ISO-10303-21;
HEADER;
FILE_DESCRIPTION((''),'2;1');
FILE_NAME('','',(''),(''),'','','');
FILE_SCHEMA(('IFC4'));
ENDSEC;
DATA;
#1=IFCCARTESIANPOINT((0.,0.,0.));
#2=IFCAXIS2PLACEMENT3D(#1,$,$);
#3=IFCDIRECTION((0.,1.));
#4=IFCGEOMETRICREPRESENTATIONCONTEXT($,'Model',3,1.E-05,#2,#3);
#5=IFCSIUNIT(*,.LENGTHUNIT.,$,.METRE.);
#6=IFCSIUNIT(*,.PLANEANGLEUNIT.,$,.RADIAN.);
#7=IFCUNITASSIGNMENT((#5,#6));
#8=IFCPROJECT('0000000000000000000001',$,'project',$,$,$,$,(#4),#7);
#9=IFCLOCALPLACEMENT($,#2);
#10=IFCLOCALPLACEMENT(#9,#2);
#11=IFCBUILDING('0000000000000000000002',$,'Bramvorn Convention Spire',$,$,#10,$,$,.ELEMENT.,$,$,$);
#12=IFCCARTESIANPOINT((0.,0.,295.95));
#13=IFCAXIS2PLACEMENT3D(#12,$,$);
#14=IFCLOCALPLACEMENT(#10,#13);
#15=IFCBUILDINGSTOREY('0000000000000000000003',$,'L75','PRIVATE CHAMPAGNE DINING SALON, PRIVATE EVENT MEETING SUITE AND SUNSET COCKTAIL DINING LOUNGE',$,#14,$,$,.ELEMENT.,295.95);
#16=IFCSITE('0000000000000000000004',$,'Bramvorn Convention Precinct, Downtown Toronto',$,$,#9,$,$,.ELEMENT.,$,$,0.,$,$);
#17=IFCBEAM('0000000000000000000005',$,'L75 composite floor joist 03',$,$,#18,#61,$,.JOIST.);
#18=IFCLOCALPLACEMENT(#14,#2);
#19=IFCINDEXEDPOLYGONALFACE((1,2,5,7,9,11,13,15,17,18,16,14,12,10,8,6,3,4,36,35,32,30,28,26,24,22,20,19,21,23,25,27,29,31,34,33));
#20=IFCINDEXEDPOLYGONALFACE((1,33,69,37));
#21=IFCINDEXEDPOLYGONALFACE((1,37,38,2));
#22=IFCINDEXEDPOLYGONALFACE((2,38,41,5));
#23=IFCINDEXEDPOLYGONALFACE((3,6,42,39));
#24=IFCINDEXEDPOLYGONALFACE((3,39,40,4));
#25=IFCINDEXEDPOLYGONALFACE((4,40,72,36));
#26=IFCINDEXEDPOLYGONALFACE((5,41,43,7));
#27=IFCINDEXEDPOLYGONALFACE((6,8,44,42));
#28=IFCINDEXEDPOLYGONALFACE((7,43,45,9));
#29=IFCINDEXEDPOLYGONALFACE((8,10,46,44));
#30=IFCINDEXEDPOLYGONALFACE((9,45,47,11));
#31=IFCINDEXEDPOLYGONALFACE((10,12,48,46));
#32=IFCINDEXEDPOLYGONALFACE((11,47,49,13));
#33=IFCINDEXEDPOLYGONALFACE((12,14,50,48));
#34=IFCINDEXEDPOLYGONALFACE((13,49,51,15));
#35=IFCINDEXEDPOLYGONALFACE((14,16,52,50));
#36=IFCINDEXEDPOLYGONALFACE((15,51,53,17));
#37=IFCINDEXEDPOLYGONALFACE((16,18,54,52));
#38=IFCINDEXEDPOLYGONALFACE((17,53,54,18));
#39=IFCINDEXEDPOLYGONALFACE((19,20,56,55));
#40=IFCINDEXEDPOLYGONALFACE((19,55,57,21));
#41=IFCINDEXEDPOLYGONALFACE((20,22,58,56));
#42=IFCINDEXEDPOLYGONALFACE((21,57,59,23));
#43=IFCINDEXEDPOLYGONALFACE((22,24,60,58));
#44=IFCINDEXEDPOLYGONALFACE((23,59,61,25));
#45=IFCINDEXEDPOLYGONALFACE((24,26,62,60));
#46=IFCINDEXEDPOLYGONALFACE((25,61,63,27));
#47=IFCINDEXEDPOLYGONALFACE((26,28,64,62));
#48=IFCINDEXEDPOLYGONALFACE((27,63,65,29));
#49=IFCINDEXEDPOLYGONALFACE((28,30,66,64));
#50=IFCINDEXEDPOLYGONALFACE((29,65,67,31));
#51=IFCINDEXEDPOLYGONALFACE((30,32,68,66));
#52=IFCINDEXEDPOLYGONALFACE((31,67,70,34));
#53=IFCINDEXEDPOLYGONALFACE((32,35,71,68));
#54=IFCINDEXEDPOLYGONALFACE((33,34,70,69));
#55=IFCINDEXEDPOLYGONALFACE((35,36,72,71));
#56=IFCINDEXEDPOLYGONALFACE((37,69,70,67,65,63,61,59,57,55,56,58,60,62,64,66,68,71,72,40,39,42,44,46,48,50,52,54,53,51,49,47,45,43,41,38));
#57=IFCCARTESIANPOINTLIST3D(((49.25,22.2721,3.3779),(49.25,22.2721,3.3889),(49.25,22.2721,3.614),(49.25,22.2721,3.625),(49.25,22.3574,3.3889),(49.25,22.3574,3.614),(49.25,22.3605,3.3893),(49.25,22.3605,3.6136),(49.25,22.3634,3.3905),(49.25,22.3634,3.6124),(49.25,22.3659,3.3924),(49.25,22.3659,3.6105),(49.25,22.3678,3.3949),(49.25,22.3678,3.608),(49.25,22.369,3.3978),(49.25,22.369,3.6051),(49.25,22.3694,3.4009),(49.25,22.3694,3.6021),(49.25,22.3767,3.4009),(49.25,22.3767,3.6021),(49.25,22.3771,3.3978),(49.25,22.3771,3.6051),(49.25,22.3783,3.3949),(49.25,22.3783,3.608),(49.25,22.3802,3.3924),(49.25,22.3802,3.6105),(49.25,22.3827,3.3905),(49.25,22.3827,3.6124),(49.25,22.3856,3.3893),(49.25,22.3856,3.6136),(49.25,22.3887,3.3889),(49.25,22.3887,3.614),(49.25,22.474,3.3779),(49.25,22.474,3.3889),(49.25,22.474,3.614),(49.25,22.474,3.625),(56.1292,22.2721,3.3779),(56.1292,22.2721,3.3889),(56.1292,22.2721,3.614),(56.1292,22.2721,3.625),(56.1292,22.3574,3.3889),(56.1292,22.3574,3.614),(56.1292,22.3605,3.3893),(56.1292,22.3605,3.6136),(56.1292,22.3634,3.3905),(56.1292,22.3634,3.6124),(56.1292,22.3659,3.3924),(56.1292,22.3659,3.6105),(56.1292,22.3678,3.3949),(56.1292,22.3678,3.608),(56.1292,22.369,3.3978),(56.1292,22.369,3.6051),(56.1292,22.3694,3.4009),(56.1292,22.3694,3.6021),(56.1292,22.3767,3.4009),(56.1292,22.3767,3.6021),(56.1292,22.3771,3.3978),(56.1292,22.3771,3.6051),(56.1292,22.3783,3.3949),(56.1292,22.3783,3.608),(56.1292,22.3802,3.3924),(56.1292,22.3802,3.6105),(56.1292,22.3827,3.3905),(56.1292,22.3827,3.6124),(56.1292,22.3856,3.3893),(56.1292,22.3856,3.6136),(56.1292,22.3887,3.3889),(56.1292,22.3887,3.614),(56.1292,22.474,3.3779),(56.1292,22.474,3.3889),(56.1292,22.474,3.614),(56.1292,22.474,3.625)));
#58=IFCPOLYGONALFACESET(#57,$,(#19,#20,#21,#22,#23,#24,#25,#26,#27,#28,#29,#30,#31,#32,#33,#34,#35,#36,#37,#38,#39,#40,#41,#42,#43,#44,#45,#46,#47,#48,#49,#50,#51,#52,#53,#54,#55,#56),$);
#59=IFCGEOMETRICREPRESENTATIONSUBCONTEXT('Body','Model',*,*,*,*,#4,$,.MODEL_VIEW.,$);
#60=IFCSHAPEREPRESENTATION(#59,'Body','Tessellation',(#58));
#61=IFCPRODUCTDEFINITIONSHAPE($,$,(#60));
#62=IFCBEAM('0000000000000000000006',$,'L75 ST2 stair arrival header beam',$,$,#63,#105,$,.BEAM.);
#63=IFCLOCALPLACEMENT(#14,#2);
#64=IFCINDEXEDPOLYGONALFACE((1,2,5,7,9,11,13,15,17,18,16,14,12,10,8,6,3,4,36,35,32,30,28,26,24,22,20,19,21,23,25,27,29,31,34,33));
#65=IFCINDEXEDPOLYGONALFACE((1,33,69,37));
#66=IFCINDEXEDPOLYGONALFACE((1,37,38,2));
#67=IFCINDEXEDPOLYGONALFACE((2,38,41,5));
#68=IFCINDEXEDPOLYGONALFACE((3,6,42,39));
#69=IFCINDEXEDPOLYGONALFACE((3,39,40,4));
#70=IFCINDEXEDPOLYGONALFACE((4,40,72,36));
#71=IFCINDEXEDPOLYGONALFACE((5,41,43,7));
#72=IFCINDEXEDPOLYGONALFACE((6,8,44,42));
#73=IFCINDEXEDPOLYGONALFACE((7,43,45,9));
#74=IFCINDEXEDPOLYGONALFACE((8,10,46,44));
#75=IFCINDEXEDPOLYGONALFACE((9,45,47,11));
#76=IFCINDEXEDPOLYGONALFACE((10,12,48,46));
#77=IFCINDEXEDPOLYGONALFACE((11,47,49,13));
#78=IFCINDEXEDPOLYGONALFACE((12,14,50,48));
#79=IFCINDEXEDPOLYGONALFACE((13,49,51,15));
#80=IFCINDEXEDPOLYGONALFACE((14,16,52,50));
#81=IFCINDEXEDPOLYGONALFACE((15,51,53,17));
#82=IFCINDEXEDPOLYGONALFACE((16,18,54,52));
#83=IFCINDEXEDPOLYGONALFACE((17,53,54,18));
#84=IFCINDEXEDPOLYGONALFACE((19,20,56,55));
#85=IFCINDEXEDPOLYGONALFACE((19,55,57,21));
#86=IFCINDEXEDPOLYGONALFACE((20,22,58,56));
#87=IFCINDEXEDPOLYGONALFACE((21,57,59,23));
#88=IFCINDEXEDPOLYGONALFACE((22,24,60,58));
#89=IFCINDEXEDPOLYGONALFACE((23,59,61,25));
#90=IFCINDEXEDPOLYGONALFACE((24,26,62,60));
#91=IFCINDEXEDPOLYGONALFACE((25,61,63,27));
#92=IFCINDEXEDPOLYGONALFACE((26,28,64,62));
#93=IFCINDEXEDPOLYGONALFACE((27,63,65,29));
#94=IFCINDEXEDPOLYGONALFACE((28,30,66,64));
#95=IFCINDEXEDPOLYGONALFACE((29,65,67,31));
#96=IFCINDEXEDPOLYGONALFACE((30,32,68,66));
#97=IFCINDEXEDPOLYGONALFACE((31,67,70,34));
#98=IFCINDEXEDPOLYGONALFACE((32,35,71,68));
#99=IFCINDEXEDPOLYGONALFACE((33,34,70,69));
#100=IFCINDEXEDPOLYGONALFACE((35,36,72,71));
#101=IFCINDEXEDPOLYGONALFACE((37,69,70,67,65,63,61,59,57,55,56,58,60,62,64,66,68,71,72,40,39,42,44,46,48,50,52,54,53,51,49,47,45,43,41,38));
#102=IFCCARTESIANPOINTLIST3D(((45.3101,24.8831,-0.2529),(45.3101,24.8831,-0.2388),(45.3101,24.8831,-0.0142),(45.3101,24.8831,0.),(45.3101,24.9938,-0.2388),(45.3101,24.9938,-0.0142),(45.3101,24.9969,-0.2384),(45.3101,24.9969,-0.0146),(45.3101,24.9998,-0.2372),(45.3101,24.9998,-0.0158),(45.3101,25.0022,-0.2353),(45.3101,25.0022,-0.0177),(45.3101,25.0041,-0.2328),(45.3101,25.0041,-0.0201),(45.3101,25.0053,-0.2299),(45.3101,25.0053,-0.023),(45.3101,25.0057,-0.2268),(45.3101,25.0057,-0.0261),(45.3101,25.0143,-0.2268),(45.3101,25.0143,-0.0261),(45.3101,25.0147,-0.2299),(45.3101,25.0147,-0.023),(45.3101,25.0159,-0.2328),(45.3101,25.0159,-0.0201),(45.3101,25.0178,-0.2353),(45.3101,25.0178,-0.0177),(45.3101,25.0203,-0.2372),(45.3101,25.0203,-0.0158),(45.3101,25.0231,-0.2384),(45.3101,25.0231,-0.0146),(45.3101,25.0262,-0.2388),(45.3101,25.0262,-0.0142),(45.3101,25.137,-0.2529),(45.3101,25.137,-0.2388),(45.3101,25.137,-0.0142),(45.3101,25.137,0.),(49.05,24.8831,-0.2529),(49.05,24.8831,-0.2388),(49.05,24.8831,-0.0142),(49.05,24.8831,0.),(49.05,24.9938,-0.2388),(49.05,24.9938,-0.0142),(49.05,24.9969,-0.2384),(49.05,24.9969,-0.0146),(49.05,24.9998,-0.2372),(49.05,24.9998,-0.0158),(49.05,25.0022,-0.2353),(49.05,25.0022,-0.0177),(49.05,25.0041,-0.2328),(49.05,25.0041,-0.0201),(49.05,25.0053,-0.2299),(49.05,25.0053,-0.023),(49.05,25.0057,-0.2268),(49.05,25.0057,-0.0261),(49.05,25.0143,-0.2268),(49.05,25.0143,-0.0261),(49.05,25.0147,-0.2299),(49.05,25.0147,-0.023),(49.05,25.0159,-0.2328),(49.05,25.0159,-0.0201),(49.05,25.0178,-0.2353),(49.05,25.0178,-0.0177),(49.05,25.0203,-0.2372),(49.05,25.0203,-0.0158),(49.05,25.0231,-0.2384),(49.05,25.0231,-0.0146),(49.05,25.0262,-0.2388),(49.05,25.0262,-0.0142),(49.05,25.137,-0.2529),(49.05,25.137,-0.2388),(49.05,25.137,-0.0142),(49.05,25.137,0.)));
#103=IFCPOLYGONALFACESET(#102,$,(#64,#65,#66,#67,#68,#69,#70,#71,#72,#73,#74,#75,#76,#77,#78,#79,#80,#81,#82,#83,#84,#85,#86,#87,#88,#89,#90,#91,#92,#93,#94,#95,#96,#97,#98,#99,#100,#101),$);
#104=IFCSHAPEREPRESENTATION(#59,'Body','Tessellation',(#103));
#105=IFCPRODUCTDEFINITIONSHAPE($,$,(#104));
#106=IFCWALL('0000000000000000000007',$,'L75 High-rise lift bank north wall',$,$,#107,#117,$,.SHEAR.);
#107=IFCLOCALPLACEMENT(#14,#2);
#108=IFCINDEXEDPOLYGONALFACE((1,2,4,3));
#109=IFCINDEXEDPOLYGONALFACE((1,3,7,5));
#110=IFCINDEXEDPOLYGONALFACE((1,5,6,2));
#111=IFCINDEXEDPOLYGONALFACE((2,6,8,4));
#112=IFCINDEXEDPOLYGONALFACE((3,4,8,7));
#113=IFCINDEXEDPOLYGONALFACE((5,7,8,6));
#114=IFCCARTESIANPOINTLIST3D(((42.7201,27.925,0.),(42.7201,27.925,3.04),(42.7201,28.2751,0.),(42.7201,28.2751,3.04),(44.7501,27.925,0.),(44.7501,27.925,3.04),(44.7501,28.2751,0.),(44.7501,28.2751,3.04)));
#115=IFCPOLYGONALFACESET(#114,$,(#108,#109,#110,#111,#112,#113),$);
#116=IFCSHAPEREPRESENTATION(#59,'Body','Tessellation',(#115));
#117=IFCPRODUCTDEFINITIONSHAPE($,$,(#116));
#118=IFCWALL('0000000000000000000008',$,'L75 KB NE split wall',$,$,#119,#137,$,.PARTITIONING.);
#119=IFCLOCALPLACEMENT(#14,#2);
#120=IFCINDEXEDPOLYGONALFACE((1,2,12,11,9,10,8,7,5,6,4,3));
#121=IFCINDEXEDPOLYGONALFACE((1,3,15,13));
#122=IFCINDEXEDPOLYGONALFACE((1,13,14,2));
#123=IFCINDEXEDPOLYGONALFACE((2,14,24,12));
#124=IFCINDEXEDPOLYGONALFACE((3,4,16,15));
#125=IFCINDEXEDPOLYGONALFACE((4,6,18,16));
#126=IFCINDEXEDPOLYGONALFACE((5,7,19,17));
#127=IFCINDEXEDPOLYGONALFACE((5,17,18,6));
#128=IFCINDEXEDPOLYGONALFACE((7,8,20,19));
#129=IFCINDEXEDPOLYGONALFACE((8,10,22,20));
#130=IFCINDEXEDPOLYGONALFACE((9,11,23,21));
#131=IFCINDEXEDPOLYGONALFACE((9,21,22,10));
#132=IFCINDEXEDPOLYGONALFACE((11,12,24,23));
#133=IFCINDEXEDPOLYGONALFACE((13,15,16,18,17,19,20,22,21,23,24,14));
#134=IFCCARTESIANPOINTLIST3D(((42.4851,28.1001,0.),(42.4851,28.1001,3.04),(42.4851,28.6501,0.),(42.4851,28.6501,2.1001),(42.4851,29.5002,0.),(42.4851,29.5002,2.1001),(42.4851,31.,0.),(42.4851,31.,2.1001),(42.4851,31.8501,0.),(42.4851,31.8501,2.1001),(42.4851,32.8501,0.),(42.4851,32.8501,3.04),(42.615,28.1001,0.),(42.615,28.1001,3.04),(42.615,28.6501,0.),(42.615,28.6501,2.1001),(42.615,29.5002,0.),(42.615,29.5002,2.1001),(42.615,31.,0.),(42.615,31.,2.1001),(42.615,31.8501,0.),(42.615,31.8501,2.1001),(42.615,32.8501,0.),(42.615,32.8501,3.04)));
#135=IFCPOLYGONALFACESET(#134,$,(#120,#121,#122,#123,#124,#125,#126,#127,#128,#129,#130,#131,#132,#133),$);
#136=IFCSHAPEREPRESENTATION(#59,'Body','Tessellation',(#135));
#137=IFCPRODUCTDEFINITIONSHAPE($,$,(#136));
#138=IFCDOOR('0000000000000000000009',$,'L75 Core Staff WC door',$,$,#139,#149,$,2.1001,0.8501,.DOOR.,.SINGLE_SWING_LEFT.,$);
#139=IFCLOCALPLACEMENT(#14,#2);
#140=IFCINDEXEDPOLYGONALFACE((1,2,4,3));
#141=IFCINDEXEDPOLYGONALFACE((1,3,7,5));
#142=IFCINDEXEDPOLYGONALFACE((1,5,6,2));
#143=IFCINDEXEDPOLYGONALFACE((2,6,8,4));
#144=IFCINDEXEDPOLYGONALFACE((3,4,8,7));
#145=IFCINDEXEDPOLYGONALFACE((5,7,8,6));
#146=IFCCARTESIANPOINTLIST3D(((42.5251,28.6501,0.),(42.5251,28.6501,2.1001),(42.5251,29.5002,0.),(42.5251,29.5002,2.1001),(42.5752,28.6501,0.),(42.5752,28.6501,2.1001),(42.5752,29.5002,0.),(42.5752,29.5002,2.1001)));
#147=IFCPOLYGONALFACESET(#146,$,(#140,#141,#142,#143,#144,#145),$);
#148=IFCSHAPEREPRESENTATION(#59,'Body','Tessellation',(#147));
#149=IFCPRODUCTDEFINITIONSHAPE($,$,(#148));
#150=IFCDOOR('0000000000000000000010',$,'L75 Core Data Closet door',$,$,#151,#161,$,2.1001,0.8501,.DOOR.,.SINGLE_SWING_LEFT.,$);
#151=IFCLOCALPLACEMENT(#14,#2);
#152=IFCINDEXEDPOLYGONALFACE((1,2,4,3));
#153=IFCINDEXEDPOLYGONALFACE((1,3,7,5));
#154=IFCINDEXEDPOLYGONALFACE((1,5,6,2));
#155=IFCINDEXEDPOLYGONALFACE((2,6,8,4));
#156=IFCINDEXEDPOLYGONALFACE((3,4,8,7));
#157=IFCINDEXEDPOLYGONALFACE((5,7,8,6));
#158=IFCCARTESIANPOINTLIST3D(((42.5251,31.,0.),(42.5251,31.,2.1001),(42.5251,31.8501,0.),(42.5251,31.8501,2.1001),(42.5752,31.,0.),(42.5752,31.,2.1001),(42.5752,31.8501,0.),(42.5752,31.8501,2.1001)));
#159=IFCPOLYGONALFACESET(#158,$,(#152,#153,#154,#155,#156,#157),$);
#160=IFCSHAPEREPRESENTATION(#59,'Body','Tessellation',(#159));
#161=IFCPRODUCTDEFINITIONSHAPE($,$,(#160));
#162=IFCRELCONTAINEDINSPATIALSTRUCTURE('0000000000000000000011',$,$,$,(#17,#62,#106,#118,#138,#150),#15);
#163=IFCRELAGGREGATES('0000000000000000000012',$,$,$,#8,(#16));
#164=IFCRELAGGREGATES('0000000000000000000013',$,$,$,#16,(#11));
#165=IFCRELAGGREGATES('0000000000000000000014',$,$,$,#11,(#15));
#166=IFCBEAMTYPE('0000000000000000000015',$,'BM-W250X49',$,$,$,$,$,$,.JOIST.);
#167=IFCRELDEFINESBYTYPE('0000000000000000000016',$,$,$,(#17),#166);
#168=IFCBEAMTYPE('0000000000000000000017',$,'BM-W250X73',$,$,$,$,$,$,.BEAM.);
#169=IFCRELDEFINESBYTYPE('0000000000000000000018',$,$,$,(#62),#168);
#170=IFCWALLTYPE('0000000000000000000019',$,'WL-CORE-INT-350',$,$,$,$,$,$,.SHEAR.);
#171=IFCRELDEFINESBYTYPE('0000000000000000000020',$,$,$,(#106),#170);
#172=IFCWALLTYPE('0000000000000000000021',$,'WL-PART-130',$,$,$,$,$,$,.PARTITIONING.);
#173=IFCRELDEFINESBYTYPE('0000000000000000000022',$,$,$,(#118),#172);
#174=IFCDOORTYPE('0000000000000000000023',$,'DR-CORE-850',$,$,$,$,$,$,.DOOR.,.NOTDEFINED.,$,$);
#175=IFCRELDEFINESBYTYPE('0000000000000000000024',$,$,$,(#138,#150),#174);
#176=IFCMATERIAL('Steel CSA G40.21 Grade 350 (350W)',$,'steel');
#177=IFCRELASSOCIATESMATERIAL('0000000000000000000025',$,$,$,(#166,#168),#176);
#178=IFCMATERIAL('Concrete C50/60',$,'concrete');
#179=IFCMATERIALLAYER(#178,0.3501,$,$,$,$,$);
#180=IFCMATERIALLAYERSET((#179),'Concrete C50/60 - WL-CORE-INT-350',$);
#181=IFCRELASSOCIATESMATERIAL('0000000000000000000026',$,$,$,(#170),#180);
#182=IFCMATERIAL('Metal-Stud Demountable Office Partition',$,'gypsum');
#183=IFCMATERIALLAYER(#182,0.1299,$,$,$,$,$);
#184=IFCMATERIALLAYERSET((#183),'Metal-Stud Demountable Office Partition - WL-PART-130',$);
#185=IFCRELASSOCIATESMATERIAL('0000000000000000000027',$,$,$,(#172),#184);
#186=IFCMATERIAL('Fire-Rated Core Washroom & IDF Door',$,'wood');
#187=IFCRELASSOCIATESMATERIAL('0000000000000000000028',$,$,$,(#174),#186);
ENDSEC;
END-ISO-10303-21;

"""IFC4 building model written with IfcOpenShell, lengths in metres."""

from ifc_helpers import new_model, si_unit, direction, frame, frame_2d, origin, origin_2d, place, context, subcontext, project, spatial, rectangle, i_section, extrude, material, layer, layer_set, material_profile, profile_set, type_object, element, fill, save


model = new_model("IFC4")

# Units and contexts
model_context = context("Model", 3, precision=1e-05, world=origin(), true_north=direction((0.0, 1.0)))
body_context = subcontext(model_context, "Body", "Model", "MODEL_VIEW")
ifc_project = project(units=[si_unit("LENGTHUNIT", "METRE"), si_unit("PLANEANGLEUNIT", "RADIAN")], contexts=[model_context])

# Site, building, storey
site_placement = place(None, origin())
site = spatial("IfcSite", under=ifc_project, at=site_placement, Name="Bramvorn Convention Precinct, Downtown Toronto", CompositionType="ELEMENT", RefElevation=0.0)
building_placement = place(site_placement, origin())
building = spatial("IfcBuilding", under=site, at=building_placement, Name="Bramvorn Convention Spire", CompositionType="ELEMENT")
storey_placement = place(building_placement, frame((0.0, 0.0, 295.95)))
storey = spatial("IfcBuildingStorey", under=building, at=storey_placement, Name="L75", Description="PRIVATE CHAMPAGNE DINING SALON, PRIVATE EVENT MEETING SUITE AND SUNSET COCKTAIL DINING LOUNGE", CompositionType="ELEMENT", Elevation=295.95)

# Beams
ifc_material_1 = material(Name="Steel CSA G40.21 Grade 350 (350W)", Category="steel")
ifc_material_profile_1 = material_profile(ifc_material_1, i_section(OverallWidth=0.2019, OverallDepth=0.2471, WebThickness=0.0073, FlangeThickness=0.011, FilletRadius=0.012, at=origin_2d()))
ifc_profile_set_1 = profile_set([ifc_material_profile_1], Name="Steel CSA G40.21 Grade 350 (350W) - W250X49")
beam_type_1 = type_object("IfcBeamType", Name="BM-W250X49", PredefinedType="JOIST", material=ifc_profile_set_1)
beam_1_placement = place(storey_placement, frame((49.25, 22.373, 3.5015), z_axis=(1.0, 0.0, 0.0), x_axis=(0.0, 1.0, 0.0)))
element("IfcBeam", 1, at=beam_1_placement, inside=storey, type_object=beam_type_1, Name="L75 composite floor joist 03", PredefinedType="JOIST", context=body_context, shape_type="SweptSolid", body=[
    extrude(i_section(OverallWidth=0.2019, OverallDepth=0.2471, WebThickness=0.0073, FlangeThickness=0.011, FilletRadius=0.012, at=origin_2d()), origin(), (0.0, 0.0, 1.0), 6.8792),
])
ifc_material_profile_2 = material_profile(ifc_material_1, i_section(OverallWidth=0.2539, OverallDepth=0.2529, WebThickness=0.0085, FlangeThickness=0.0142, FilletRadius=0.012, at=origin_2d()))
ifc_profile_set_2 = profile_set([ifc_material_profile_2], Name="Steel CSA G40.21 Grade 350 (350W) - W250X73")
beam_type_2 = type_object("IfcBeamType", Name="BM-W250X73", PredefinedType="BEAM", material=ifc_profile_set_2)
beam_2_placement = place(storey_placement, frame((45.3101, 25.01, -0.1265), z_axis=(1.0, 0.0, 0.0), x_axis=(0.0, 1.0, 0.0)))
element("IfcBeam", 2, at=beam_2_placement, inside=storey, type_object=beam_type_2, Name="L75 ST2 stair arrival header beam", PredefinedType="BEAM", context=body_context, shape_type="SweptSolid", body=[
    extrude(i_section(OverallWidth=0.2539, OverallDepth=0.2529, WebThickness=0.0085, FlangeThickness=0.0142, FilletRadius=0.012, at=origin_2d()), origin(), (0.0, 0.0, 1.0), 3.74),
])

# Wall
ifc_material_2 = material(Name="Concrete C50/60", Category="concrete")
ifc_layer_1 = layer(ifc_material_2, 0.3501)
ifc_layer_set_1 = layer_set([ifc_layer_1], Name="Concrete C50/60 - WL-CORE-INT-350")
wall_type_1 = type_object("IfcWallType", Name="WL-CORE-INT-350", PredefinedType="SHEAR", material=ifc_layer_set_1)
wall_1_placement = place(storey_placement, frame((42.72, 28.1001, 0.0), z_axis=(0.0, 0.0, 1.0), x_axis=(1.0, 0.0, 0.0)))
element("IfcWall", 3, at=wall_1_placement, inside=storey, type_object=wall_type_1, Name="L75 High-rise lift bank north wall", PredefinedType="SHEAR", context=body_context, shape_type="SweptSolid", body=[
    extrude(rectangle(XDim=2.03, YDim=0.3501, at=frame_2d((1.0151, 0.0))), origin(), (0.0, 0.0, 1.0), 3.04),
])

# Wall, openings, doors
ifc_material_3 = material(Name="Metal-Stud Demountable Office Partition", Category="gypsum")
ifc_layer_2 = layer(ifc_material_3, 0.1299)
ifc_layer_set_2 = layer_set([ifc_layer_2], Name="Metal-Stud Demountable Office Partition - WL-PART-130")
wall_type_2 = type_object("IfcWallType", Name="WL-PART-130", PredefinedType="PARTITIONING", material=ifc_layer_set_2)
wall_2_placement = place(storey_placement, frame((42.55, 28.1001, 0.0), z_axis=(0.0, 0.0, 1.0), x_axis=(0.0, 1.0, 0.0)))
wall_2 = element("IfcWall", 4, at=wall_2_placement, inside=storey, type_object=wall_type_2, Name="L75 KB NE split wall", PredefinedType="PARTITIONING", context=body_context, shape_type="SweptSolid", body=[
    extrude(rectangle(XDim=4.75, YDim=0.1299, at=frame_2d((2.375, 0.0))), origin(), (0.0, 0.0, 1.0), 3.04),
])
opening_1_placement = place(wall_2_placement, frame((0.55, 0.0, 0.0)))
opening_1 = element("IfcOpeningElement", 5, at=opening_1_placement, cuts=wall_2, PredefinedType="OPENING", context=body_context, shape_type="SweptSolid", body=[
    extrude(rectangle(XDim=0.8501, YDim=2.1001, at=frame_2d((0.425, 1.05))), frame((0.0, 0.075, 0.0), z_axis=(0.0, -1.0, 0.0), x_axis=(1.0, 0.0, 0.0)), (0.0, 0.0, 1.0), 0.1499),
])
opening_2_placement = place(wall_2_placement, frame((2.8999, 0.0, 0.0)))
opening_2 = element("IfcOpeningElement", 6, at=opening_2_placement, cuts=wall_2, PredefinedType="OPENING", context=body_context, shape_type="SweptSolid", body=[
    extrude(rectangle(XDim=0.8501, YDim=2.1001, at=frame_2d((0.425, 1.05))), frame((0.0, 0.075, 0.0), z_axis=(0.0, -1.0, 0.0), x_axis=(1.0, 0.0, 0.0)), (0.0, 0.0, 1.0), 0.1499),
])
ifc_material_4 = material(Name="Fire-Rated Core Washroom & IDF Door", Category="wood")
door_type_1 = type_object("IfcDoorType", Name="DR-CORE-850", OperationType="NOTDEFINED", PredefinedType="DOOR", material=ifc_material_4)
door_1_placement = place(opening_1_placement, origin())
door_1 = element("IfcDoor", 7, at=door_1_placement, inside=storey, type_object=door_type_1, Name="L75 Core Staff WC door", OperationType="SINGLE_SWING_LEFT", OverallHeight=2.1001, OverallWidth=0.8501, PredefinedType="DOOR", context=body_context, shape_type="SweptSolid", body=[
    extrude(rectangle(XDim=0.8501, YDim=2.1001, at=frame_2d((0.425, 1.05))), frame((0.0, 0.0249, 0.0), z_axis=(0.0, -1.0, 0.0), x_axis=(1.0, 0.0, 0.0)), (0.0, 0.0, 1.0), 0.05),
])
fill(opening_1, door_1)
door_2_placement = place(opening_2_placement, origin())
door_2 = element("IfcDoor", 8, at=door_2_placement, inside=storey, type_object=door_type_1, Name="L75 Core Data Closet door", OperationType="SINGLE_SWING_LEFT", OverallHeight=2.1001, OverallWidth=0.8501, PredefinedType="DOOR", context=body_context, shape_type="SweptSolid", body=[
    extrude(rectangle(XDim=0.8501, YDim=2.1001, at=frame_2d((0.425, 1.05))), frame((0.0, 0.0249, 0.0), z_axis=(0.0, -1.0, 0.0), x_axis=(1.0, 0.0, 0.0)), (0.0, 0.0, 1.0), 0.05),
])
fill(opening_2, door_2)

save(model, "model.ifc")
